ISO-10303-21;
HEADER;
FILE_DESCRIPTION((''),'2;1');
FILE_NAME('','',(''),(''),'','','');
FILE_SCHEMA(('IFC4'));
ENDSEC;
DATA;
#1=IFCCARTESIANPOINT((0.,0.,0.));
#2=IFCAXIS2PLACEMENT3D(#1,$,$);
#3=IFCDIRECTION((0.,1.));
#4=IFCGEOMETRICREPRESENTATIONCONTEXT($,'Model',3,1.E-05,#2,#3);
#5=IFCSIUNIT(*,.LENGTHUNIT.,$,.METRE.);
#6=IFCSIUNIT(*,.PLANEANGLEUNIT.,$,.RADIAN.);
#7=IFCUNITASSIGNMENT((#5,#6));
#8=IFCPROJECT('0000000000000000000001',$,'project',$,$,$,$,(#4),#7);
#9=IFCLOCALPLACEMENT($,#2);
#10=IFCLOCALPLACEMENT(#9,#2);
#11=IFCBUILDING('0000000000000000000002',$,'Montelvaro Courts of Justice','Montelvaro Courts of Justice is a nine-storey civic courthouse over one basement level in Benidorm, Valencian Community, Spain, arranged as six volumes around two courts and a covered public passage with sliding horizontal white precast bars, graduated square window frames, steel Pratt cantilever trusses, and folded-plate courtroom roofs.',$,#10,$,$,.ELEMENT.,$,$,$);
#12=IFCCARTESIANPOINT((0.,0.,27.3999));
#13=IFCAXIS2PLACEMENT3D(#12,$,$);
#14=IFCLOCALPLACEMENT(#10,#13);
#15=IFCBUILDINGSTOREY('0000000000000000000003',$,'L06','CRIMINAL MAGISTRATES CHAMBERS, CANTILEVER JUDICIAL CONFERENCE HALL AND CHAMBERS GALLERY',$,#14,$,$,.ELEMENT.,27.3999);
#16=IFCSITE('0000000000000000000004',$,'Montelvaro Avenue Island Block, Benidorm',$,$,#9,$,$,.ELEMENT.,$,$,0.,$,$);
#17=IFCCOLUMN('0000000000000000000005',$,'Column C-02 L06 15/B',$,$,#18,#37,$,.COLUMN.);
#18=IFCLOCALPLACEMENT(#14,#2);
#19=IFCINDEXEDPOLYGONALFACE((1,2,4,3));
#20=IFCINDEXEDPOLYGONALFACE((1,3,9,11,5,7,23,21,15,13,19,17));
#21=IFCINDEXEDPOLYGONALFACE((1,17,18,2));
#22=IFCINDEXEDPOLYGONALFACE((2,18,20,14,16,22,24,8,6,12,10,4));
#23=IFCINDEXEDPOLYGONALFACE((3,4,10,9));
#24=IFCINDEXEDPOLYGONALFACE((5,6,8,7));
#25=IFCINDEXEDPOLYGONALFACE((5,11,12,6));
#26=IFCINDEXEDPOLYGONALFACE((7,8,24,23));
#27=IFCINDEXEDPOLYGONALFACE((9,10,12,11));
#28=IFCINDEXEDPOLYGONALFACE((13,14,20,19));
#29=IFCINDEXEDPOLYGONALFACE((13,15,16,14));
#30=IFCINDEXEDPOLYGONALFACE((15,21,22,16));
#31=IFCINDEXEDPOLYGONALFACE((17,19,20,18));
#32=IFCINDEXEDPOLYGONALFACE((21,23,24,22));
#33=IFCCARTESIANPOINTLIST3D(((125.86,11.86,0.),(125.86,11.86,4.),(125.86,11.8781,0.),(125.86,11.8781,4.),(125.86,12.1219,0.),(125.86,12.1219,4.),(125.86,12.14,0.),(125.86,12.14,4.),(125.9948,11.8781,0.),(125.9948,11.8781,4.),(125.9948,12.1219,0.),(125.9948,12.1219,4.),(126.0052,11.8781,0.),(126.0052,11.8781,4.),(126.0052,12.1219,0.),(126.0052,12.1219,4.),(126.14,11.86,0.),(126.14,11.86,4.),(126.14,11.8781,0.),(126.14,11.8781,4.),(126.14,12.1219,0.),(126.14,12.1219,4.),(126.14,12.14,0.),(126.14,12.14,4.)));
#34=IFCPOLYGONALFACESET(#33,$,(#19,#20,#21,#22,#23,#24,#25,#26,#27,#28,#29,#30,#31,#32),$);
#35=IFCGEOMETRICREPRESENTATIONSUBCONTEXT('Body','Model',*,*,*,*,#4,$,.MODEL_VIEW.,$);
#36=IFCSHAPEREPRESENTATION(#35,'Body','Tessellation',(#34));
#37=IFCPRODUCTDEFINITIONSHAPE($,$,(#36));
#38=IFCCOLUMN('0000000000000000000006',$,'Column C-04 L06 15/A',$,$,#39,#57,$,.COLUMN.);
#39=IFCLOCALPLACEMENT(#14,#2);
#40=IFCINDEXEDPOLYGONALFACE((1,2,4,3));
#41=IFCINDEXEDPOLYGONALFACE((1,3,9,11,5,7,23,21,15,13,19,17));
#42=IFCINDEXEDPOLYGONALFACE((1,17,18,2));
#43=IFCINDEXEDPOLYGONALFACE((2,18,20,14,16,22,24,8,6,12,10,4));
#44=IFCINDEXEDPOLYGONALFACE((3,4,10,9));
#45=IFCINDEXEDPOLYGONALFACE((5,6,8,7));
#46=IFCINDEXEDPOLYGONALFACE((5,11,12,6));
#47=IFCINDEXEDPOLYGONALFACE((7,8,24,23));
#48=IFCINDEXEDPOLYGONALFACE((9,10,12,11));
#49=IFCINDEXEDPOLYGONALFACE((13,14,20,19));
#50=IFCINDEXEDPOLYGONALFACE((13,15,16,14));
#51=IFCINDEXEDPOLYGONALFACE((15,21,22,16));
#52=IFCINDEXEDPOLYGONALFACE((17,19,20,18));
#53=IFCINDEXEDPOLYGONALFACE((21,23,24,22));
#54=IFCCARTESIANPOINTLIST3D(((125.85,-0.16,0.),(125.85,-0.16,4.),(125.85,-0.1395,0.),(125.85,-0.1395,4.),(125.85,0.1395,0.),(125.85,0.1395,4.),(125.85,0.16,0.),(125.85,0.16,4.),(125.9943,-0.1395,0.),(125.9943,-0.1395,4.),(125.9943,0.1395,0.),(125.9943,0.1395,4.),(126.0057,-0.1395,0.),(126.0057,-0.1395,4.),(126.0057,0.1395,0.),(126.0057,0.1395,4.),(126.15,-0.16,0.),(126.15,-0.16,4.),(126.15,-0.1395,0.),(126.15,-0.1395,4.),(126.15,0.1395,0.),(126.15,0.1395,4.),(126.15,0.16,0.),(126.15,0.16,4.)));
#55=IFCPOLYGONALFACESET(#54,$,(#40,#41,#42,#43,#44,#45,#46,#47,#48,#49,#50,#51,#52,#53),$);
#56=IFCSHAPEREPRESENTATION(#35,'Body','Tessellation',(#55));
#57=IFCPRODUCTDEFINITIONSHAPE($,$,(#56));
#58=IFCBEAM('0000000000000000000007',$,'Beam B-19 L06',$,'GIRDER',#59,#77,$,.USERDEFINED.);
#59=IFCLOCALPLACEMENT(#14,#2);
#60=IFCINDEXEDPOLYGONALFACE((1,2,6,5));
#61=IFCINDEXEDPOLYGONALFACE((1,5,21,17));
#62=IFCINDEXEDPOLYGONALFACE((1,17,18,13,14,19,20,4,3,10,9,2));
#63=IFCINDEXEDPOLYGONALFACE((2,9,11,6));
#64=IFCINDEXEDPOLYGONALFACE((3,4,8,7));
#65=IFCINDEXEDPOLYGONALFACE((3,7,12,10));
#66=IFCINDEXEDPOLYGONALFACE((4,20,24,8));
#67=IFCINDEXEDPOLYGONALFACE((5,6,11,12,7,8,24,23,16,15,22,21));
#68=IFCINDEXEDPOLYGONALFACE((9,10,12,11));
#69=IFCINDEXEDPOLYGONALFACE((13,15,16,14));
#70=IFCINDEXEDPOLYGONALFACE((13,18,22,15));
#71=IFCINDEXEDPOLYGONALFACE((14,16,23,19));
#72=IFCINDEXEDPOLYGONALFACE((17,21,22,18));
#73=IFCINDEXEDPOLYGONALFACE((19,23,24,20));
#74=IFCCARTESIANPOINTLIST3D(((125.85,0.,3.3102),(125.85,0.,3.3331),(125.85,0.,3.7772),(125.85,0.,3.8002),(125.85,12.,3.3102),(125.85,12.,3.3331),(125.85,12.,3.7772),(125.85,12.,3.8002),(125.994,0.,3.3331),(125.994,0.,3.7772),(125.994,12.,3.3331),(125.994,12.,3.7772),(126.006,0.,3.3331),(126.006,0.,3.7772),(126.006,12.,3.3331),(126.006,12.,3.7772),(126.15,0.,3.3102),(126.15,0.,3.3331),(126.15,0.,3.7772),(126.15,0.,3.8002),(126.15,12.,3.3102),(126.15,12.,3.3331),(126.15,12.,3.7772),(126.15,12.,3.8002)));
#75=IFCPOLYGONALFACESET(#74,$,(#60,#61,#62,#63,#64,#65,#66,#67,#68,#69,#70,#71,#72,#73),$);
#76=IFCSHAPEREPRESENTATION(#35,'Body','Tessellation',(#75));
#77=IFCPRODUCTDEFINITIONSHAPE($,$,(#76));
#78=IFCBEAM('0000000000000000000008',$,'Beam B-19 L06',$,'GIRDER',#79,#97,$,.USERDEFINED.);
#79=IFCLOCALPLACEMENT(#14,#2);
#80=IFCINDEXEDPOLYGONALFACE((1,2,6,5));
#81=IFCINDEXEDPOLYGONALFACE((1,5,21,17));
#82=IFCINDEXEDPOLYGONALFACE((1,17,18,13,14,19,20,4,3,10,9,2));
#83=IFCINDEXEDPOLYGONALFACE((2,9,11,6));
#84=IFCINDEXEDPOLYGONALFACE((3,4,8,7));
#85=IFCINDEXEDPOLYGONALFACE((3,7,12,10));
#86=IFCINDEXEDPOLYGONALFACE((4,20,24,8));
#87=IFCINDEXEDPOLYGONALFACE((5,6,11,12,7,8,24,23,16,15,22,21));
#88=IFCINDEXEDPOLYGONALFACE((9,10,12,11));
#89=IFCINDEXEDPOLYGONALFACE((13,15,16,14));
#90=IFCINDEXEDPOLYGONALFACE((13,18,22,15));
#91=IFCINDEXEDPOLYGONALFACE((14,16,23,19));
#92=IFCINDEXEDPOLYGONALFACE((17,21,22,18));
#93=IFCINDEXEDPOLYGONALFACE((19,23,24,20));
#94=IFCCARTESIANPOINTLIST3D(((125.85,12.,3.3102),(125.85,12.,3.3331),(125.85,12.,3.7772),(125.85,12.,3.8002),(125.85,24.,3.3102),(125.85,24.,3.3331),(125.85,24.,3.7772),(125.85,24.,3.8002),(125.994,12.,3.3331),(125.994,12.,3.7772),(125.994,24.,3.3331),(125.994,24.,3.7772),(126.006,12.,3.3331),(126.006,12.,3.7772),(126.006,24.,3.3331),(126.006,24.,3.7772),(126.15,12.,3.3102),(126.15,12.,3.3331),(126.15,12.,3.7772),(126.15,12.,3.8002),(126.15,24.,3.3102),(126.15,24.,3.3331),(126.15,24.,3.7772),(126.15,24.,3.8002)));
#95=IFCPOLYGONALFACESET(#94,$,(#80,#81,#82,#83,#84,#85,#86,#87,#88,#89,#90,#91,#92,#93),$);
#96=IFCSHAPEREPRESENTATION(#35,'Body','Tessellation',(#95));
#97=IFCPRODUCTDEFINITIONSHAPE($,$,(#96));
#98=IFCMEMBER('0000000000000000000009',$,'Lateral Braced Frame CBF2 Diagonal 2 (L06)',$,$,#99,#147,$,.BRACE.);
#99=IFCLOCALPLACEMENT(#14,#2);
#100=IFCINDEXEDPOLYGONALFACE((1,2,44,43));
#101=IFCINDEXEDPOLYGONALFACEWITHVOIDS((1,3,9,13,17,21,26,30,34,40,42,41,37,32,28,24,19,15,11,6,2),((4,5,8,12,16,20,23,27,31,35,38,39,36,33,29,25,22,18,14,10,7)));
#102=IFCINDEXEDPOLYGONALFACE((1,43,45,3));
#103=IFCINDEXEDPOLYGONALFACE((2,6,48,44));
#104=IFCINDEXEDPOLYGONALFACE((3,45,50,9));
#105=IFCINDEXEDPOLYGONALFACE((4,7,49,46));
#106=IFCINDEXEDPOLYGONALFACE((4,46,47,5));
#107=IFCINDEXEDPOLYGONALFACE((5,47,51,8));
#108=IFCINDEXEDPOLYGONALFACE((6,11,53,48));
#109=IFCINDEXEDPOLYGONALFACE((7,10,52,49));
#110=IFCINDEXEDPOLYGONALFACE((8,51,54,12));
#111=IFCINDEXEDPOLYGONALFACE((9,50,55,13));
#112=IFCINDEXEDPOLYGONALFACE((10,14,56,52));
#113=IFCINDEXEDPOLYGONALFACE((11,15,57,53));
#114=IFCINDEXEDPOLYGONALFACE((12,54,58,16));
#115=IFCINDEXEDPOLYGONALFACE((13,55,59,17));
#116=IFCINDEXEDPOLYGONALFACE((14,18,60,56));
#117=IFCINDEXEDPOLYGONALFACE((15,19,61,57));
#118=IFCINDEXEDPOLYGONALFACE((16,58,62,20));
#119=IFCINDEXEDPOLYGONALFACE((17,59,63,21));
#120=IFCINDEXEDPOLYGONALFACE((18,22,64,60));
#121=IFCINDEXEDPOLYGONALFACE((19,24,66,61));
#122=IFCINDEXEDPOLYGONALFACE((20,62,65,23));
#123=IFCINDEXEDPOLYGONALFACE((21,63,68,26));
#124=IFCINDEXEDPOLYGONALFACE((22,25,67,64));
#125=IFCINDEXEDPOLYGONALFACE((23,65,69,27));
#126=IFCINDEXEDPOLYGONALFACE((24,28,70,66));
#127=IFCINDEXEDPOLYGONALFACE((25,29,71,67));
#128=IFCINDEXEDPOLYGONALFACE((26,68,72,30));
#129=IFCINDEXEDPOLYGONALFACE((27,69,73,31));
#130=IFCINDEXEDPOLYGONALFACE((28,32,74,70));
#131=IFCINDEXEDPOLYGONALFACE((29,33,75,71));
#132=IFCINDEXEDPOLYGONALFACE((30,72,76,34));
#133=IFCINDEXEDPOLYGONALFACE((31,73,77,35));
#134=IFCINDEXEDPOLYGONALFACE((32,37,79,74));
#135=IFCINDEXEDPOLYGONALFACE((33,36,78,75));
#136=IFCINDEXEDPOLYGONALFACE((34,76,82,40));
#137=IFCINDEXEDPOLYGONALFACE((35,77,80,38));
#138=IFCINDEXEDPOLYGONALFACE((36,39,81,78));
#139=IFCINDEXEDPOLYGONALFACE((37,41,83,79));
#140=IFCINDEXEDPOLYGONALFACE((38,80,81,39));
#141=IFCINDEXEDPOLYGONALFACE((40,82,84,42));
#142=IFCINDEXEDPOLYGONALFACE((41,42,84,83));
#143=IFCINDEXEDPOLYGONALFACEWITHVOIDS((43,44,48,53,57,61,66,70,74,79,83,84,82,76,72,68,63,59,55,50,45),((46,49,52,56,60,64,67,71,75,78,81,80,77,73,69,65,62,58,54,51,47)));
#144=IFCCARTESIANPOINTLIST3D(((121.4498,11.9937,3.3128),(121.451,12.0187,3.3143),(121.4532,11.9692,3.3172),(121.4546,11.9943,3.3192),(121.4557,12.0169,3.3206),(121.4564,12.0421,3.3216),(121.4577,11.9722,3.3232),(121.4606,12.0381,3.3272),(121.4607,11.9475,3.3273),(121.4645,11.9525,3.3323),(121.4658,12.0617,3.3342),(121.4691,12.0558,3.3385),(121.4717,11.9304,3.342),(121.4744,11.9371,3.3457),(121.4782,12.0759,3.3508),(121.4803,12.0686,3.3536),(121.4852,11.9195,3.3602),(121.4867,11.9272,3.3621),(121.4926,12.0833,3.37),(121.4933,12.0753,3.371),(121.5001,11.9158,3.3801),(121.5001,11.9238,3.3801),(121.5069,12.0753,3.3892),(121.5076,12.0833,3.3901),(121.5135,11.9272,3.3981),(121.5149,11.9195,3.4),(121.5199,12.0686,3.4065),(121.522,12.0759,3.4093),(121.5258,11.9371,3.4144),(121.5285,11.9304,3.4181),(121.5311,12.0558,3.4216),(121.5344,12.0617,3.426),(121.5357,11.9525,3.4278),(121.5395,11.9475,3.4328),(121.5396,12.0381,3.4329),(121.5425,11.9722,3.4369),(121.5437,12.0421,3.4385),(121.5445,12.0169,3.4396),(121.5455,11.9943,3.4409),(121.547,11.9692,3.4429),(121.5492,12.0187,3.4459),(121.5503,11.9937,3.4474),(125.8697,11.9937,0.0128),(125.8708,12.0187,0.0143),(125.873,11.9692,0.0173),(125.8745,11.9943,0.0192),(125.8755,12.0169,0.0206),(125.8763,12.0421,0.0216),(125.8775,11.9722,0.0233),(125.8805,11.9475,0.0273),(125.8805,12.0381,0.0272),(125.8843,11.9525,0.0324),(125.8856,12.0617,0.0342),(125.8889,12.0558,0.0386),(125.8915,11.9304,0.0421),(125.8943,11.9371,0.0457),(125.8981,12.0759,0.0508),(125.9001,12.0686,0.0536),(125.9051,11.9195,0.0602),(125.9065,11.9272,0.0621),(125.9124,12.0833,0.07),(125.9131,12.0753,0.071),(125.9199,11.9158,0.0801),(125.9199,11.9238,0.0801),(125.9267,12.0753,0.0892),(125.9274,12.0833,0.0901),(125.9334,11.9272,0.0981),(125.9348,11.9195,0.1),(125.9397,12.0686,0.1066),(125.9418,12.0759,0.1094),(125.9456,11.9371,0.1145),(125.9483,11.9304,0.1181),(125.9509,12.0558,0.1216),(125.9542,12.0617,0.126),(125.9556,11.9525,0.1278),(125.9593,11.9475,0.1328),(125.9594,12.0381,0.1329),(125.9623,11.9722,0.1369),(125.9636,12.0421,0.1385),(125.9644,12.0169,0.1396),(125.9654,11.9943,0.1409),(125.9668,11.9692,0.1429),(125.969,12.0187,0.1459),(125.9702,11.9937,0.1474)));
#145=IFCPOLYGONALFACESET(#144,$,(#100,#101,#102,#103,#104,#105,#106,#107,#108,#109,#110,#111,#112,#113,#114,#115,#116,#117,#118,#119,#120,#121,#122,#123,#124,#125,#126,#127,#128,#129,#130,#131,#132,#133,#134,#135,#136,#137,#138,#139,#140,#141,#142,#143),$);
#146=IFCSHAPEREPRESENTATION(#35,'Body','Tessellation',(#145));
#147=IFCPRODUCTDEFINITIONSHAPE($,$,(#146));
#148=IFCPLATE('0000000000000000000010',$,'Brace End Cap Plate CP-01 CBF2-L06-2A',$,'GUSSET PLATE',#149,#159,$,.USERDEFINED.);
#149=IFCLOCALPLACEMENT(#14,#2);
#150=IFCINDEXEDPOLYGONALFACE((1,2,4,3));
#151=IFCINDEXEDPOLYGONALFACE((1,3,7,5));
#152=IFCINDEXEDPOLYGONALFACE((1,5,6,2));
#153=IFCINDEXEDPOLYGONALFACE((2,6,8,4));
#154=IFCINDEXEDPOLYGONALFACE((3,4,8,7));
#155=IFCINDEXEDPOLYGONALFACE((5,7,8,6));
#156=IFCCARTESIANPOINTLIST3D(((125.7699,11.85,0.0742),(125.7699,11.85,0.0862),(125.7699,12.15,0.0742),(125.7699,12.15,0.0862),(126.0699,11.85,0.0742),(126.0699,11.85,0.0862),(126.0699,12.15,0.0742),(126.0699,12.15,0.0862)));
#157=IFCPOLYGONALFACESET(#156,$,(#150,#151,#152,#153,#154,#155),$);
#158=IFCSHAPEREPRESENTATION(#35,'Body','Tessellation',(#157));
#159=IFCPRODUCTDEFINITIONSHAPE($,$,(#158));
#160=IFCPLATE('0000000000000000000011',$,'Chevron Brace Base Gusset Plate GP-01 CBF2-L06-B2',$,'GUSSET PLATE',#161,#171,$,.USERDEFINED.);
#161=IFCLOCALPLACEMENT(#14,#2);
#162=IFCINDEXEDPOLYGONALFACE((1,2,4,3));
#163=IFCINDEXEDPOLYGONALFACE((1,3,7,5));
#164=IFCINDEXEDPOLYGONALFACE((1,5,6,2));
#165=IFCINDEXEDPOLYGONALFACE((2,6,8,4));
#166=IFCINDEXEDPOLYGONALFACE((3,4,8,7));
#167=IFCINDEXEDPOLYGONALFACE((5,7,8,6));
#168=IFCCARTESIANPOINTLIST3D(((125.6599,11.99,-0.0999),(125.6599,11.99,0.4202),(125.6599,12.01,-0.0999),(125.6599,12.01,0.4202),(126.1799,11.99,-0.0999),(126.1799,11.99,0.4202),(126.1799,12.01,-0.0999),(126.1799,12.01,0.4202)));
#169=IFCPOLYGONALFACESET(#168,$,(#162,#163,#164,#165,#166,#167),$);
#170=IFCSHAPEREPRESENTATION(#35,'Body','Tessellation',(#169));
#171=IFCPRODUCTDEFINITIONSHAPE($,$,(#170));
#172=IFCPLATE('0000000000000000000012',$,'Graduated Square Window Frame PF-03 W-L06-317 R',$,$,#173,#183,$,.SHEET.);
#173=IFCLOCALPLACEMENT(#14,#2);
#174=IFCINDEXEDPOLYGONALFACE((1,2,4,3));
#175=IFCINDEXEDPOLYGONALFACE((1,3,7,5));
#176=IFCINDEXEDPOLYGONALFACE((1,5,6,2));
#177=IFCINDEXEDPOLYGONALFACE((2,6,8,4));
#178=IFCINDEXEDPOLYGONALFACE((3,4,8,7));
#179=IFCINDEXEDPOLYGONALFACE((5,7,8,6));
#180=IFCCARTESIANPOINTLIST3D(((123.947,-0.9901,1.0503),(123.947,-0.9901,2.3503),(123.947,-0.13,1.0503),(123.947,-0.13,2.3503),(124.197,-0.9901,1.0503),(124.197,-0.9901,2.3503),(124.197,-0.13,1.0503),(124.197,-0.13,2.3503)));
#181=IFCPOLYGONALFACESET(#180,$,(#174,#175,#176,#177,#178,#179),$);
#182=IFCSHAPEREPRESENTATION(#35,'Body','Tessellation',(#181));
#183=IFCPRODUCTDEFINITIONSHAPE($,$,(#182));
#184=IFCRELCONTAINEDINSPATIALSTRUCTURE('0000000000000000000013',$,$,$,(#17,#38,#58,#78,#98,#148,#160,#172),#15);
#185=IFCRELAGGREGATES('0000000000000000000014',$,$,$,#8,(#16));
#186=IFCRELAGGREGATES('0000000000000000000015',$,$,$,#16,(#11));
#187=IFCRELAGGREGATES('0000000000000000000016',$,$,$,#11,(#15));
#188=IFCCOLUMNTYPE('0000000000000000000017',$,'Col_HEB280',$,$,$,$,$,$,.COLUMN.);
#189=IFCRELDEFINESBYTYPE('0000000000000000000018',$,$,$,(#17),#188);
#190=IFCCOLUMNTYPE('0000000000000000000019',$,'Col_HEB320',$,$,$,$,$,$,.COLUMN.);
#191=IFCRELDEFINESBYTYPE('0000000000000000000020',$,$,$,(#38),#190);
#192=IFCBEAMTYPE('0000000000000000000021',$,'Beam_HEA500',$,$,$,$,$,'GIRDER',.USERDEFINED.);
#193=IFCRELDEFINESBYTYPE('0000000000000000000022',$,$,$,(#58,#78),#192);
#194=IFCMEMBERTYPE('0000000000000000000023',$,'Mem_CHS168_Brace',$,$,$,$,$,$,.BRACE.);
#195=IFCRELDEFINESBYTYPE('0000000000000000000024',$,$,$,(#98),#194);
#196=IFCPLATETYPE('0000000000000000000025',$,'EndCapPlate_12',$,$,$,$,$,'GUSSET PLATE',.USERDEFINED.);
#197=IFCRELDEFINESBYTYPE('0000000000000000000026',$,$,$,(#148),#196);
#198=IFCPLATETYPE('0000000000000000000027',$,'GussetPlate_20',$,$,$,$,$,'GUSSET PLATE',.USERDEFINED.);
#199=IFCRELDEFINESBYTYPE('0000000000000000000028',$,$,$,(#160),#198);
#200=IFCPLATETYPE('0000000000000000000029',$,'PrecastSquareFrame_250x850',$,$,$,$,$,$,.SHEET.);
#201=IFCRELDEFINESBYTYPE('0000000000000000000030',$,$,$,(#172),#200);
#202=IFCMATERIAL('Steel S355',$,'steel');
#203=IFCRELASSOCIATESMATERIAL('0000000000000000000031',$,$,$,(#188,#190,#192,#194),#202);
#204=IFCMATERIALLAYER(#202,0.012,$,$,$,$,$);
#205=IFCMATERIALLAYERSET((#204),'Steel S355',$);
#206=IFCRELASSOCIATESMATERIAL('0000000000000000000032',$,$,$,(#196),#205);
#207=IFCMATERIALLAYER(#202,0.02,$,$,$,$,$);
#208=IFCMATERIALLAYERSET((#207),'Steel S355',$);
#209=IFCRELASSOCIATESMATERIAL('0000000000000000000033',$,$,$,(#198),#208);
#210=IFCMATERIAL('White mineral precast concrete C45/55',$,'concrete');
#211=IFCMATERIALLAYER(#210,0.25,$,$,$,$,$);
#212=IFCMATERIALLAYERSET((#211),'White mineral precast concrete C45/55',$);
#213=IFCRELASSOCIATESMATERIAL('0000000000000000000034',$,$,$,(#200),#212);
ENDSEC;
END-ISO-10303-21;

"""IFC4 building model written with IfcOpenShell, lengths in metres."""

from ifc_helpers import new_model, si_unit, direction, frame, origin, origin_2d, place, context, subcontext, project, spatial, rectangle, hollow_circle, i_section, extrude, material, layer, layer_set, material_profile, profile_set, type_object, element, save


model = new_model("IFC4")

# Units and contexts
model_context = context("Model", 3, precision=1e-05, world=origin(), true_north=direction((0.0, 1.0)))
body_context = subcontext(model_context, "Body", "Model", "MODEL_VIEW")
ifc_project = project(units=[si_unit("LENGTHUNIT", "METRE"), si_unit("PLANEANGLEUNIT", "RADIAN")], contexts=[model_context])

# Site, building, storey
site_placement = place(None, origin())
site = spatial("IfcSite", under=ifc_project, at=site_placement, Name="Montelvaro Avenue Island Block, Benidorm", CompositionType="ELEMENT", RefElevation=0.0)
building_placement = place(site_placement, origin())
building = spatial("IfcBuilding", under=site, at=building_placement, Name="Montelvaro Courts of Justice", Description="Montelvaro Courts of Justice is a nine-storey civic courthouse over one basement level in Benidorm, Valencian Community, Spain, arranged as six volumes around two courts and a covered public passage with sliding horizontal white precast bars, graduated square window frames, steel Pratt cantilever trusses, and folded-plate courtroom roofs.", CompositionType="ELEMENT")
storey_placement = place(building_placement, frame((0.0, 0.0, 27.3999)))
storey = spatial("IfcBuildingStorey", under=building, at=storey_placement, Name="L06", Description="CRIMINAL MAGISTRATES CHAMBERS, CANTILEVER JUDICIAL CONFERENCE HALL AND CHAMBERS GALLERY", CompositionType="ELEMENT", Elevation=27.3999)

# Columns
ifc_material_1 = material(Name="Steel S355", Category="steel")
ifc_material_profile_1 = material_profile(ifc_material_1, i_section(OverallWidth=0.28, OverallDepth=0.28, WebThickness=0.0105, FlangeThickness=0.0181, at=origin_2d()), Name="HEB 280")
ifc_profile_set_1 = profile_set([ifc_material_profile_1], Name="Steel S355")
column_type_1 = type_object("IfcColumnType", Name="Col_HEB280", PredefinedType="COLUMN", material=ifc_profile_set_1)
column_1_placement = place(storey_placement, frame((126.0, 12.0, 0.0), z_axis=(0.0, 0.0, 1.0), x_axis=(1.0, 0.0, 0.0)))
element("IfcColumn", 1, at=column_1_placement, inside=storey, type_object=column_type_1, Name="Column C-02 L06 15/B", PredefinedType="COLUMN", context=body_context, shape_type="SweptSolid", body=[
    extrude(i_section(OverallWidth=0.28, OverallDepth=0.28, WebThickness=0.0105, FlangeThickness=0.0181, at=origin_2d()), origin(), (0.0, 0.0, 1.0), 4.0),
])
ifc_material_profile_2 = material_profile(ifc_material_1, i_section(OverallWidth=0.3, OverallDepth=0.3201, WebThickness=0.0115, FlangeThickness=0.0205, at=origin_2d()), Name="HEB 320")
ifc_profile_set_2 = profile_set([ifc_material_profile_2], Name="Steel S355")
column_type_2 = type_object("IfcColumnType", Name="Col_HEB320", PredefinedType="COLUMN", material=ifc_profile_set_2)
column_2_placement = place(storey_placement, frame((126.0, 0.0, 0.0), z_axis=(0.0, 0.0, 1.0), x_axis=(1.0, 0.0, 0.0)))
element("IfcColumn", 2, at=column_2_placement, inside=storey, type_object=column_type_2, Name="Column C-04 L06 15/A", PredefinedType="COLUMN", context=body_context, shape_type="SweptSolid", body=[
    extrude(i_section(OverallWidth=0.3, OverallDepth=0.3201, WebThickness=0.0115, FlangeThickness=0.0205, at=origin_2d()), origin(), (0.0, 0.0, 1.0), 4.0),
])

# Beams
ifc_material_profile_3 = material_profile(ifc_material_1, i_section(OverallWidth=0.3, OverallDepth=0.49, WebThickness=0.012, FlangeThickness=0.0229, at=origin_2d()), Name="HEA 500")
ifc_profile_set_3 = profile_set([ifc_material_profile_3], Name="Steel S355")
beam_type = type_object("IfcBeamType", Name="Beam_HEA500", ElementType="GIRDER", PredefinedType="USERDEFINED", material=ifc_profile_set_3)
for number, where, z_axis, x_axis, name in (
    (3, (126.0, 0.0, 3.5552), (0.0, 1.0, 0.0), (-1.0, 0.0, 0.0), "Beam B-19 L06"),
    (4, (126.0, 12.0, 3.5552), (0.0, 1.0, 0.0), (-1.0, 0.0, 0.0), "Beam B-19 L06"),
):
    element("IfcBeam", number, at=place(storey_placement, frame(where, z_axis=z_axis, x_axis=x_axis)), inside=storey, type_object=beam_type, Name=name, ObjectType="GIRDER", PredefinedType="USERDEFINED", context=body_context, shape_type="SweptSolid", body=[
        extrude(i_section(OverallWidth=0.3, OverallDepth=0.49, WebThickness=0.012, FlangeThickness=0.0229, at=origin_2d()), origin(), (0.0, 0.0, 1.0), 12.0),
    ])

# Member
ifc_material_profile_4 = material_profile(ifc_material_1, hollow_circle(Radius=0.0842, WallThickness=0.0081, at=origin_2d()), Name="CHS 168.3x8")
ifc_profile_set_4 = profile_set([ifc_material_profile_4], Name="Steel S355")
member_type = type_object("IfcMemberType", Name="Mem_CHS168_Brace", PredefinedType="BRACE", material=ifc_profile_set_4)
member_placement = place(storey_placement, frame((125.9199, 12.0, 0.0801), z_axis=(-0.801294, 0.0, 0.598271), x_axis=(0.0, -1.0, 0.0)))
element("IfcMember", 5, at=member_placement, inside=storey, type_object=member_type, Name="Lateral Braced Frame CBF2 Diagonal 2 (L06)", PredefinedType="BRACE", context=body_context, shape_type="SweptSolid", body=[
    extrude(hollow_circle(Radius=0.0842, WallThickness=0.0081, at=origin_2d()), origin(), (0.0, 0.0, 1.0), 5.5159),
])

# Plates
ifc_layer_1 = layer(ifc_material_1, 0.012)
ifc_layer_set_1 = layer_set([ifc_layer_1], Name="Steel S355")
plate_type_1 = type_object("IfcPlateType", Name="EndCapPlate_12", ElementType="GUSSET PLATE", PredefinedType="USERDEFINED", material=ifc_layer_set_1)
plate_1_placement = place(storey_placement, frame((125.9199, 12.0, 0.0742), z_axis=(0.0, 0.0, 1.0), x_axis=(1.0, 0.0, 0.0)))
element("IfcPlate", 6, at=plate_1_placement, inside=storey, type_object=plate_type_1, Name="Brace End Cap Plate CP-01 CBF2-L06-2A", ObjectType="GUSSET PLATE", PredefinedType="USERDEFINED", context=body_context, shape_type="SweptSolid", body=[
    extrude(rectangle(XDim=0.3, YDim=0.3, at=origin_2d()), origin(), (0.0, 0.0, 1.0), 0.012),
])
ifc_layer_2 = layer(ifc_material_1, 0.02)
ifc_layer_set_2 = layer_set([ifc_layer_2], Name="Steel S355")
plate_type_2 = type_object("IfcPlateType", Name="GussetPlate_20", ElementType="GUSSET PLATE", PredefinedType="USERDEFINED", material=ifc_layer_set_2)
plate_2_placement = place(storey_placement, frame((125.9199, 12.0, -0.0999), z_axis=(0.0, 0.0, 1.0), x_axis=(1.0, 0.0, 0.0)))
element("IfcPlate", 7, at=plate_2_placement, inside=storey, type_object=plate_type_2, Name="Chevron Brace Base Gusset Plate GP-01 CBF2-L06-B2", ObjectType="GUSSET PLATE", PredefinedType="USERDEFINED", context=body_context, shape_type="SweptSolid", body=[
    extrude(rectangle(XDim=0.52, YDim=0.02, at=origin_2d()), origin(), (0.0, 0.0, 1.0), 0.52),
])
ifc_material_2 = material(Name="White mineral precast concrete C45/55", Category="concrete")
ifc_layer_3 = layer(ifc_material_2, 0.25)
ifc_layer_set_3 = layer_set([ifc_layer_3], Name="White mineral precast concrete C45/55")
plate_type_3 = type_object("IfcPlateType", Name="PrecastSquareFrame_250x850", PredefinedType="SHEET", material=ifc_layer_set_3)
plate_3_placement = place(storey_placement, frame((124.072, -0.5601, 1.0503), z_axis=(0.0, 0.0, 1.0), x_axis=(1.0, 0.0, 0.0)))
element("IfcPlate", 8, at=plate_3_placement, inside=storey, type_object=plate_type_3, Name="Graduated Square Window Frame PF-03 W-L06-317 R", PredefinedType="SHEET", context=body_context, shape_type="SweptSolid", body=[
    extrude(rectangle(XDim=0.25, YDim=0.8601, at=origin_2d()), origin(), (0.0, 0.0, 1.0), 1.3),
])

save(model, "model.ifc")
